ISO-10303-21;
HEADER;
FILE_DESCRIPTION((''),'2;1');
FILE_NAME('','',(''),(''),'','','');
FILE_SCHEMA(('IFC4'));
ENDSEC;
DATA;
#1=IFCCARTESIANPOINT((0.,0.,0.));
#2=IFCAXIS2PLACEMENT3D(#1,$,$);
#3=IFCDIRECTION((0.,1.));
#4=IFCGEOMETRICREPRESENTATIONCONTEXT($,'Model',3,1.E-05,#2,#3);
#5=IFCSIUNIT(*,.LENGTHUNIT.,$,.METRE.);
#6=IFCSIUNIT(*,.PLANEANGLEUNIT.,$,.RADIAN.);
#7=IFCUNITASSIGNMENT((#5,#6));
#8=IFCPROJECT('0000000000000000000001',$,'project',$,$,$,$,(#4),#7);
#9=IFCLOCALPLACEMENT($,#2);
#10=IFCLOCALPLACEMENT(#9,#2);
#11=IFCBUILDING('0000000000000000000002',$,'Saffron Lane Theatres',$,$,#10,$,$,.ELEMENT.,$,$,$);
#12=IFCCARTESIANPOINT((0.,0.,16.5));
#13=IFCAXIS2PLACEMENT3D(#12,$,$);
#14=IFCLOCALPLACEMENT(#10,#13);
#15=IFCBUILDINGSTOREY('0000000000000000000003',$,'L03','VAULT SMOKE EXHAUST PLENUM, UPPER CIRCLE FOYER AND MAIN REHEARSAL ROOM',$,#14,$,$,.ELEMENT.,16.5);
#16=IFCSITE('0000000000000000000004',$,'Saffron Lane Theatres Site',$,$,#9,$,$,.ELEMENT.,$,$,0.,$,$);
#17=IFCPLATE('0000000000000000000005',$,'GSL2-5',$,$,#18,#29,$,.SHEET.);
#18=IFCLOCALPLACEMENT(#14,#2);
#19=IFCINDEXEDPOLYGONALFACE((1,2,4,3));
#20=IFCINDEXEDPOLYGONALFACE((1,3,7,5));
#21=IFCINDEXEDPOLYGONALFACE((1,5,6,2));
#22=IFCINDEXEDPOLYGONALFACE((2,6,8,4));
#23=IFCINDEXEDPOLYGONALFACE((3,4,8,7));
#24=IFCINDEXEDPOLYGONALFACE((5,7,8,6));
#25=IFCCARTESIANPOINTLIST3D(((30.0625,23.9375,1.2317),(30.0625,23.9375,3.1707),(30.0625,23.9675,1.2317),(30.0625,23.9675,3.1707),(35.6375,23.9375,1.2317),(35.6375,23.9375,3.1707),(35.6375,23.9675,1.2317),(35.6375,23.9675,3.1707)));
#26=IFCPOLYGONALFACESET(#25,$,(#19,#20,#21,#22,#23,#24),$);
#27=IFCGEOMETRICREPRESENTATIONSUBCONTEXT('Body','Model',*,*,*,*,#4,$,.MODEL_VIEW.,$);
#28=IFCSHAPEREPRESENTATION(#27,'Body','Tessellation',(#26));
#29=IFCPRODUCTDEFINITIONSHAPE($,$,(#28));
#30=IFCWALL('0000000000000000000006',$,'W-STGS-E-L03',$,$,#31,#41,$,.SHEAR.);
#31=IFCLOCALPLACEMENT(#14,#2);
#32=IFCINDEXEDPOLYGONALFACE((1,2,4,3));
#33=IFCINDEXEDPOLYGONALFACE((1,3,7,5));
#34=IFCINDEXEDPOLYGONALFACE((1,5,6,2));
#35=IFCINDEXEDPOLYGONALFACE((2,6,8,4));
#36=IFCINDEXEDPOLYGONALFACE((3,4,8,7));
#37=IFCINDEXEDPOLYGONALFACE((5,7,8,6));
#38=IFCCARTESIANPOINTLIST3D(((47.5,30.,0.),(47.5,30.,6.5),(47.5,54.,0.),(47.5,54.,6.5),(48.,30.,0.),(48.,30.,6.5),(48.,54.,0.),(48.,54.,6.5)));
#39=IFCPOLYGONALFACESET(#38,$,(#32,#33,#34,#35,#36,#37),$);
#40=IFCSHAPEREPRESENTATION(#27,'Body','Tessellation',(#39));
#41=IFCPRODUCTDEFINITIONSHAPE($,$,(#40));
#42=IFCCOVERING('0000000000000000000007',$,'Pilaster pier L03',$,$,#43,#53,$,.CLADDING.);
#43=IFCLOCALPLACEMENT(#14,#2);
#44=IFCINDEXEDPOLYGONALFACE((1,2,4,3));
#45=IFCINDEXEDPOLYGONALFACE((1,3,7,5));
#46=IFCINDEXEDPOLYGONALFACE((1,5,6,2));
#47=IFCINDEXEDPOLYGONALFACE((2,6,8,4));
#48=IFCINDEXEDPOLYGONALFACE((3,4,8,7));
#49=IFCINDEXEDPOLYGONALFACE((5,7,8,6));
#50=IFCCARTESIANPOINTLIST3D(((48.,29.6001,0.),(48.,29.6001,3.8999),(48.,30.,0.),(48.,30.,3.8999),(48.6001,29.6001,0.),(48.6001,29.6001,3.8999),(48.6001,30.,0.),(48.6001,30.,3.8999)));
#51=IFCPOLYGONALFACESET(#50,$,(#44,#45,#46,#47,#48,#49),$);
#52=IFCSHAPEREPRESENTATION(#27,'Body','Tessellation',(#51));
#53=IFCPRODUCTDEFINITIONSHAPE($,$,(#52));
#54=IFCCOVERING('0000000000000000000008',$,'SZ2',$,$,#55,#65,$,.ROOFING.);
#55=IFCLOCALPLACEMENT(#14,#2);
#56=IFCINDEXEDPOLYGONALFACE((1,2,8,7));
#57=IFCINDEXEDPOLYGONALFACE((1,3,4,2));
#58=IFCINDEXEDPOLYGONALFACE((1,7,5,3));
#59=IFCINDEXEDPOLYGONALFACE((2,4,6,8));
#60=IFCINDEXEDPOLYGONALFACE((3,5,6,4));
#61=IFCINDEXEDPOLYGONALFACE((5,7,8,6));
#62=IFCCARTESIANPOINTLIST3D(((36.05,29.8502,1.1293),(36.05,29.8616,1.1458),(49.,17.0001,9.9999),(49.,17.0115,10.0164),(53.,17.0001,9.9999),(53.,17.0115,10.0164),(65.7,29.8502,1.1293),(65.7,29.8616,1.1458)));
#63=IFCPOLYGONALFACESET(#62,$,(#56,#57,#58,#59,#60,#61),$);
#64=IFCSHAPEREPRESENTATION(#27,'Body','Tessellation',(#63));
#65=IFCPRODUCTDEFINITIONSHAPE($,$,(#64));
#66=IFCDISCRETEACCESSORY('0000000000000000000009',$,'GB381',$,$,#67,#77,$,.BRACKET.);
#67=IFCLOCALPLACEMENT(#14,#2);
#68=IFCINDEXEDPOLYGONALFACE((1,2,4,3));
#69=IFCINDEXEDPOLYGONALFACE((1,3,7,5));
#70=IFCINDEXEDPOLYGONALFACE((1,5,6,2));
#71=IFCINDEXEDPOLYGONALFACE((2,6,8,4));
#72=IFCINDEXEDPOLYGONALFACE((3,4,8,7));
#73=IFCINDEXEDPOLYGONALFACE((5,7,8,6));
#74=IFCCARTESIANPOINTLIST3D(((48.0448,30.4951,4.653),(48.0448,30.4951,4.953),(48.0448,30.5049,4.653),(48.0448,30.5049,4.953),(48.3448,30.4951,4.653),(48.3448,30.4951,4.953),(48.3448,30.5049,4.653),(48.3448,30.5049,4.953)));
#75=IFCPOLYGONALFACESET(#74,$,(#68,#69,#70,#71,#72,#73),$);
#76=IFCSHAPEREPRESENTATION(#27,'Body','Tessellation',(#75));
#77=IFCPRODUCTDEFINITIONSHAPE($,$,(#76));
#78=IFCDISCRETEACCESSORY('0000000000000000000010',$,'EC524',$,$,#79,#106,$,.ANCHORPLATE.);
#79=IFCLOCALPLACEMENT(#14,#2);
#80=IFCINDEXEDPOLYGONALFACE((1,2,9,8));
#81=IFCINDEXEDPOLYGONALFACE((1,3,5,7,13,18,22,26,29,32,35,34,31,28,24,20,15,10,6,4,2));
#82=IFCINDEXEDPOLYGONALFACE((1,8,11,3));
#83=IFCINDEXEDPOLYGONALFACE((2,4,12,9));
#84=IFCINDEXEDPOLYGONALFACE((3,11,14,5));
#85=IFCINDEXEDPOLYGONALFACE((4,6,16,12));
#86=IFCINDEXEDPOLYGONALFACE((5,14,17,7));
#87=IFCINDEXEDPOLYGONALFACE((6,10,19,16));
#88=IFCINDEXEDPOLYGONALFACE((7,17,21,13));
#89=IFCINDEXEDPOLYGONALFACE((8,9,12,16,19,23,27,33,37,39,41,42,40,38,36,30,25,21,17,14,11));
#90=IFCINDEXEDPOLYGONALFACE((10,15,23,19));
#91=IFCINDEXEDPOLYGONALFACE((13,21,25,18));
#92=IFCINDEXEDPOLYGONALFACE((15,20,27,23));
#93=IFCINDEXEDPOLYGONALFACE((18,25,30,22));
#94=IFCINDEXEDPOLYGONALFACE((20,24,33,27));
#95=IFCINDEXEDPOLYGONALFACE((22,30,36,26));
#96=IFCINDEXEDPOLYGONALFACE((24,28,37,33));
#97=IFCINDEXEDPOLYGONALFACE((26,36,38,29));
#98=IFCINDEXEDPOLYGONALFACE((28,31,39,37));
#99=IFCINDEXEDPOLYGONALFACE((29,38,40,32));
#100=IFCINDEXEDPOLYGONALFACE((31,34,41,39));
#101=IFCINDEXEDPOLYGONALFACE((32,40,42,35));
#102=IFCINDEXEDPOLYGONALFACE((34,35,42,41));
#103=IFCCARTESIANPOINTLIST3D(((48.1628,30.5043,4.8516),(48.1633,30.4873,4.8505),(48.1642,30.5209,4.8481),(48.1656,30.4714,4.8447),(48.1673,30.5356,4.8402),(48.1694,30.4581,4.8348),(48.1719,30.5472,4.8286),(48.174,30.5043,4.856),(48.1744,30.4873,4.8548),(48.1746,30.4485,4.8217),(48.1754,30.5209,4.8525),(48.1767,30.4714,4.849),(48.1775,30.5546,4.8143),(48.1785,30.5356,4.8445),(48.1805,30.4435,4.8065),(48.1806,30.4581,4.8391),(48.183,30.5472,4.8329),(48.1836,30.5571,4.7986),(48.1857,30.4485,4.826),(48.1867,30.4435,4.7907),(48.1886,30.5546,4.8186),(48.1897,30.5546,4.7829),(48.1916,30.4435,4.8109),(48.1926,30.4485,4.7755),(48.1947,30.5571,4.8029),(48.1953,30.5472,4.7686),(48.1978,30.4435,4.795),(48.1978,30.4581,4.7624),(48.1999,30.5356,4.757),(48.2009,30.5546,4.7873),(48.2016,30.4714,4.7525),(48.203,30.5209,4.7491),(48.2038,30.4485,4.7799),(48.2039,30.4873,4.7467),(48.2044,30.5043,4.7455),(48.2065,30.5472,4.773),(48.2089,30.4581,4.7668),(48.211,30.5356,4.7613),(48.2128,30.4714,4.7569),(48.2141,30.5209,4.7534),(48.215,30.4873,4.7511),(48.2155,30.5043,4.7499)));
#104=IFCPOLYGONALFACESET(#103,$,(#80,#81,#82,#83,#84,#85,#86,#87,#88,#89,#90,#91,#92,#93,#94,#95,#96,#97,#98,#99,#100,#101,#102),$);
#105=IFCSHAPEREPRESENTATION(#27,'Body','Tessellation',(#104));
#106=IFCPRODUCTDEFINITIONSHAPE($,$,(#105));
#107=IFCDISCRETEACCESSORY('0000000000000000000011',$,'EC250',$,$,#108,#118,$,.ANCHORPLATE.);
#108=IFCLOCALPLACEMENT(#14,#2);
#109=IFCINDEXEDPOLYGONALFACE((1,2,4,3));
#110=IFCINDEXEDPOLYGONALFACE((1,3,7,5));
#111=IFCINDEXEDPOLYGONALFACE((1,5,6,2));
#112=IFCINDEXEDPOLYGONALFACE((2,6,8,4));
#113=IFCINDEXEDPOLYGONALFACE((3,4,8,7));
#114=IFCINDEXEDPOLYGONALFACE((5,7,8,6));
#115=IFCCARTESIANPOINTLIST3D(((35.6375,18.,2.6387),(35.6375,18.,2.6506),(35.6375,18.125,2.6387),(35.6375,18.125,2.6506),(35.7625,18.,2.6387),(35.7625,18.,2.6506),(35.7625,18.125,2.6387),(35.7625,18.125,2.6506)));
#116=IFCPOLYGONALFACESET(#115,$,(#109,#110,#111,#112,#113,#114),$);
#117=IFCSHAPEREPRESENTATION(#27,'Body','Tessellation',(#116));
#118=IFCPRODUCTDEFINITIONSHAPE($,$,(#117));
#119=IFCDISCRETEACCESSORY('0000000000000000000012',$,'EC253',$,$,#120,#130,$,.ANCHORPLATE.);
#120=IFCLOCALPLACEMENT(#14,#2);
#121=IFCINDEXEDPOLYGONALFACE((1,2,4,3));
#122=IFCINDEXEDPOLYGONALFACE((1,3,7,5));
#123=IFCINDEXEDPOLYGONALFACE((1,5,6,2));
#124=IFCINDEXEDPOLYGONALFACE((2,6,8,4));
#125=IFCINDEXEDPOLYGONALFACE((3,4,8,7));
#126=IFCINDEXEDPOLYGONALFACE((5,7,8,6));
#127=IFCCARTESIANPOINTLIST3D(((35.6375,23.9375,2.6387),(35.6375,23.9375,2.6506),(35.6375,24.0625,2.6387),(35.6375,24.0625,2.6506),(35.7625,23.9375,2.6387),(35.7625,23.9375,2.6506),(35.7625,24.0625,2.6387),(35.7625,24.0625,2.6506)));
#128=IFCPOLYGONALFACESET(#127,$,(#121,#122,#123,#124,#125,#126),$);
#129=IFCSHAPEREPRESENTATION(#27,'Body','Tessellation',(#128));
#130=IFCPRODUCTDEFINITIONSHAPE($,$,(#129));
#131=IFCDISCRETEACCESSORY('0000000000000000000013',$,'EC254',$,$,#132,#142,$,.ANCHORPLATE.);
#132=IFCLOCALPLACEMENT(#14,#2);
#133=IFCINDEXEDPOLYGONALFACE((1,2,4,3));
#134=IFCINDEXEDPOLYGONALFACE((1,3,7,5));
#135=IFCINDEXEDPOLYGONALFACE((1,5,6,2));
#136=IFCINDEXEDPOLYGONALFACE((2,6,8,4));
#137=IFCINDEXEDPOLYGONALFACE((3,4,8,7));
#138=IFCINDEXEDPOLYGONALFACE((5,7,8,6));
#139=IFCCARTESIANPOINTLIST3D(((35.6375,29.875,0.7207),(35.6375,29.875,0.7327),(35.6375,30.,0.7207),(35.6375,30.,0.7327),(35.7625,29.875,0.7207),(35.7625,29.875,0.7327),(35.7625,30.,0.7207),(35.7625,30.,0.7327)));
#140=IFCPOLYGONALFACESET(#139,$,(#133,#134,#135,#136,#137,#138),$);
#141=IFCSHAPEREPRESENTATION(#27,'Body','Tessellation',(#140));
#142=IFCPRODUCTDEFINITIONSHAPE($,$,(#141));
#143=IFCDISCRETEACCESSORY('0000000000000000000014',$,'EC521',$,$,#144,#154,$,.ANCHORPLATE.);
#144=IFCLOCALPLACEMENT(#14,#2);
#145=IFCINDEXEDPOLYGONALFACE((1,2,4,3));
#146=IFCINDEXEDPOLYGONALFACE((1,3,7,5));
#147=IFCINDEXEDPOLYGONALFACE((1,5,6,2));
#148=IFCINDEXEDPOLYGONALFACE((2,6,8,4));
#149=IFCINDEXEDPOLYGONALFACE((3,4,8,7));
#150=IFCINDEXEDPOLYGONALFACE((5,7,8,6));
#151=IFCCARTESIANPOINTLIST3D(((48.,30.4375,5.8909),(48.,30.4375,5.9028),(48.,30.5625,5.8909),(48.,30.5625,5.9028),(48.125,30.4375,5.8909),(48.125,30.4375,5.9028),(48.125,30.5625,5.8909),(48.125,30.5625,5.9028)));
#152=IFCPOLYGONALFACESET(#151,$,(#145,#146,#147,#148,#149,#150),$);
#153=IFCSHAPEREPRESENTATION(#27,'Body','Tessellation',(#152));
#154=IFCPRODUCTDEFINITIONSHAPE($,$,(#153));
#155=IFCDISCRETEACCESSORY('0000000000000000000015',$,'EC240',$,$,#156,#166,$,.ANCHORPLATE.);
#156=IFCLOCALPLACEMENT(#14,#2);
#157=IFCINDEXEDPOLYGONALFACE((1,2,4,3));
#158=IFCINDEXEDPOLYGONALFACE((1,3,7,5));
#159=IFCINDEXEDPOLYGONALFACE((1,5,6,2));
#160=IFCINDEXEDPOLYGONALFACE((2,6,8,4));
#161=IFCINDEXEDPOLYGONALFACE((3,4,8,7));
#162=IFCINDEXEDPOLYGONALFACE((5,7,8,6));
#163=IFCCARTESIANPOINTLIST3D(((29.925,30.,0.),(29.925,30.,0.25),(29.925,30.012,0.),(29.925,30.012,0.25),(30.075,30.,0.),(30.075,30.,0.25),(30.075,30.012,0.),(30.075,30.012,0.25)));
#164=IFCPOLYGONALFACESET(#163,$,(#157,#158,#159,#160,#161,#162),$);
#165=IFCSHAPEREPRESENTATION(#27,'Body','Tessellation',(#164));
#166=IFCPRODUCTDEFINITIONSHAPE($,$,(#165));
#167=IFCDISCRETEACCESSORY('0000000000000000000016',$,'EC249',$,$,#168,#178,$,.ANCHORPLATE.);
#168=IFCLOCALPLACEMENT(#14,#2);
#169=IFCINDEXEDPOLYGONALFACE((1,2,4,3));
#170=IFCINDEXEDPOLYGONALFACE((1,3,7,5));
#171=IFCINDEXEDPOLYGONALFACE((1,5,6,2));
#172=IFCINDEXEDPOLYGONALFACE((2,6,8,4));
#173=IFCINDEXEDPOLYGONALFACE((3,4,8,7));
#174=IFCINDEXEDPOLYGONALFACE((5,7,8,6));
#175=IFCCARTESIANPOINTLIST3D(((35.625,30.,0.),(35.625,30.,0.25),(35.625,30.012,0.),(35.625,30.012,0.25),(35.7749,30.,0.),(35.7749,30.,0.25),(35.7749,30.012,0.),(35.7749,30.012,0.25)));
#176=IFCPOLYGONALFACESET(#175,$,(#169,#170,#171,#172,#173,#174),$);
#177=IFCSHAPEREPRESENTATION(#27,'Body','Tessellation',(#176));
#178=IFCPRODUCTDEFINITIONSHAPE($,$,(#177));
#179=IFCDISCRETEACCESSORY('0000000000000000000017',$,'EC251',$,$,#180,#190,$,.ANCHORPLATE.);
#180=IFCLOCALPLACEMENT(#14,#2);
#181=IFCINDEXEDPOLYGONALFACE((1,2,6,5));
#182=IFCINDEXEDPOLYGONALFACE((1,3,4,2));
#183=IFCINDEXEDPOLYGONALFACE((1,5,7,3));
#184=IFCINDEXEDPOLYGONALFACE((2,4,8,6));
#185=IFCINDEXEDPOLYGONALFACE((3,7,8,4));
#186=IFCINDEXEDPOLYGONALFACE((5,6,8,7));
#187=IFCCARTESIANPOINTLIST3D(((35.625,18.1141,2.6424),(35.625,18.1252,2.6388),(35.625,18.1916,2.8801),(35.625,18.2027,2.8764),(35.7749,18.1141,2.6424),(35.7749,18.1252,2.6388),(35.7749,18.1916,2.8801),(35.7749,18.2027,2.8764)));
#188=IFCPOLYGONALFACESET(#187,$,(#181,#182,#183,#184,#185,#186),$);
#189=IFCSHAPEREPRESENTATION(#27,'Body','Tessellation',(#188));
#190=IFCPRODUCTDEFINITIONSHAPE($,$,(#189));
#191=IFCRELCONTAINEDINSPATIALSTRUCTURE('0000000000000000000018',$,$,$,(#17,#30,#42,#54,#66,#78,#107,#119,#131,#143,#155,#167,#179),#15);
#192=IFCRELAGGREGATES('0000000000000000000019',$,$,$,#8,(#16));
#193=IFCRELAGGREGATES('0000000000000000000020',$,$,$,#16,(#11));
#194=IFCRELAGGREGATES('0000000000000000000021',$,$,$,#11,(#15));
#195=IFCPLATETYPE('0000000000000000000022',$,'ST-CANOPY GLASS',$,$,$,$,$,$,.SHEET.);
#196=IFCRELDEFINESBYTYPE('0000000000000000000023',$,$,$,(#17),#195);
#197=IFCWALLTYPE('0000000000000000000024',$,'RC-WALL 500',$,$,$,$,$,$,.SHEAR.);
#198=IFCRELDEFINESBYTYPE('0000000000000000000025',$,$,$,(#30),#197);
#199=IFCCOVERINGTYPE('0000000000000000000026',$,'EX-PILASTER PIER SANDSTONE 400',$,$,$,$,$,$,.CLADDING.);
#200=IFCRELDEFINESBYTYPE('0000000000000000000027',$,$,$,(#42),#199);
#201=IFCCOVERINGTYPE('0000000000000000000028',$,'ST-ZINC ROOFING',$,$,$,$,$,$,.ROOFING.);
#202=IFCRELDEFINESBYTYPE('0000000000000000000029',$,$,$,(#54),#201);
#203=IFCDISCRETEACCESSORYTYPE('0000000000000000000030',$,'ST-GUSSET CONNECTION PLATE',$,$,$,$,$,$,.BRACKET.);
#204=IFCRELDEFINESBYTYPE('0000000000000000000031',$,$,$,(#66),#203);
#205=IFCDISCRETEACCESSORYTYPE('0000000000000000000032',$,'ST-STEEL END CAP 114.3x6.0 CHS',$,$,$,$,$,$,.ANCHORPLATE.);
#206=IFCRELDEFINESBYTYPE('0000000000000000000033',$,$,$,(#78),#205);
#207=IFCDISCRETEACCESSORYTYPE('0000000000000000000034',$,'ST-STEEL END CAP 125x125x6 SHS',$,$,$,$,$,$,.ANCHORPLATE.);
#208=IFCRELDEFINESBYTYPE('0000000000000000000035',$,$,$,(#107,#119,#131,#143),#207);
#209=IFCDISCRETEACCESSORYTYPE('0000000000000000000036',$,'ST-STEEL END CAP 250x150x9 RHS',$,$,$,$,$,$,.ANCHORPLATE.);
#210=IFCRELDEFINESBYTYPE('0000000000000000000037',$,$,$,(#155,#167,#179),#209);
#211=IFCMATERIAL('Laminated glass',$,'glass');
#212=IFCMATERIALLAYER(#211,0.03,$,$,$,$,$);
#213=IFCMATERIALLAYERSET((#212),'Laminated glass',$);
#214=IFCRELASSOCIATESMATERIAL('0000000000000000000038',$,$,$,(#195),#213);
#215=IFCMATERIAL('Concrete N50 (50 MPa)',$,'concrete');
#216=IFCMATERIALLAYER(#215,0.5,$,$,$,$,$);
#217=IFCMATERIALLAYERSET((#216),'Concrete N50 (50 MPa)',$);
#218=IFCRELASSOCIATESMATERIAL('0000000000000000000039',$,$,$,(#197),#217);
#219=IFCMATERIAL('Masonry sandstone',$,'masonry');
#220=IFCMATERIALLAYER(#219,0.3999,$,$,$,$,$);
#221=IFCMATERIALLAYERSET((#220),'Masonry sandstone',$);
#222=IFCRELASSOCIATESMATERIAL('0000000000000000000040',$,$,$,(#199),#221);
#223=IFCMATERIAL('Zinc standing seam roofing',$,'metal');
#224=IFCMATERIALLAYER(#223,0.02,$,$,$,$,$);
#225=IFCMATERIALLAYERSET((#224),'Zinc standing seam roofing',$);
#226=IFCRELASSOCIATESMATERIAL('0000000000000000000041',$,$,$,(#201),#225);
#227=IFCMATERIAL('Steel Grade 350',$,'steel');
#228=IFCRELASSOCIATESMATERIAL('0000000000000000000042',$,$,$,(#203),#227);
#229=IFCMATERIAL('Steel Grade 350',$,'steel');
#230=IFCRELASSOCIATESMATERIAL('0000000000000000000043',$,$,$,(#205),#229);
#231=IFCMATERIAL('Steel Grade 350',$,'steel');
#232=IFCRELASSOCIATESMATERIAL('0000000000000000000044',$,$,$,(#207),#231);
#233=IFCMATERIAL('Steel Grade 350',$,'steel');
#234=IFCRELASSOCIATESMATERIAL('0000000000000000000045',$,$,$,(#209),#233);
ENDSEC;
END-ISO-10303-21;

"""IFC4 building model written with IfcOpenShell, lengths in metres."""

from ifc_helpers import new_model, si_unit, direction, frame, frame_2d, origin, origin_2d, place, context, subcontext, project, spatial, polyline, rectangle, circle, outline, extrude, material, layer, layer_set, material_profile, profile_set, type_object, element, save


model = new_model("IFC4")

# Units and contexts
model_context = context("Model", 3, precision=1e-05, world=origin(), true_north=direction((0.0, 1.0)))
body_context = subcontext(model_context, "Body", "Model", "MODEL_VIEW")
ifc_project = project(units=[si_unit("LENGTHUNIT", "METRE"), si_unit("PLANEANGLEUNIT", "RADIAN")], contexts=[model_context])

# Site, building, storey
site_placement = place(None, origin())
site = spatial("IfcSite", under=ifc_project, at=site_placement, Name="Saffron Lane Theatres Site", CompositionType="ELEMENT", RefElevation=0.0)
building_placement = place(site_placement, origin())
building = spatial("IfcBuilding", under=site, at=building_placement, Name="Saffron Lane Theatres", CompositionType="ELEMENT")
storey_placement = place(building_placement, frame((0.0, 0.0, 16.5)))
storey = spatial("IfcBuildingStorey", under=building, at=storey_placement, Name="L03", Description="VAULT SMOKE EXHAUST PLENUM, UPPER CIRCLE FOYER AND MAIN REHEARSAL ROOM", CompositionType="ELEMENT", Elevation=16.5)

# Plate
ifc_material_1 = material(Name="Laminated glass", Category="glass")
ifc_layer_1 = layer(ifc_material_1, 0.03)
ifc_layer_set_1 = layer_set([ifc_layer_1], Name="Laminated glass")
plate_type = type_object("IfcPlateType", Name="ST-CANOPY GLASS", PredefinedType="SHEET", material=ifc_layer_set_1)
plate_placement = place(storey_placement, frame((35.6375, 23.9375, 1.2317), z_axis=(0.0, -1.0, 0.0), x_axis=(0.0, 0.0, 1.0)))
element("IfcPlate", 1, at=plate_placement, inside=storey, type_object=plate_type, Name="GSL2-5", PredefinedType="SHEET", context=body_context, shape_type="SweptSolid", body=[
    extrude(outline(polyline([(0.0, 0.0), (1.939, 0.0), (1.939, 5.575), (0.0, 5.575), (0.0, 0.0)])), origin(), (0.0, 0.0, -1.0), 0.03),
])

# Wall
ifc_material_2 = material(Name="Concrete N50 (50 MPa)", Category="concrete")
ifc_layer_2 = layer(ifc_material_2, 0.5)
ifc_layer_set_2 = layer_set([ifc_layer_2], Name="Concrete N50 (50 MPa)")
wall_type = type_object("IfcWallType", Name="RC-WALL 500", PredefinedType="SHEAR", material=ifc_layer_set_2)
wall_placement = place(storey_placement, frame((47.75, 30.0, 0.0), z_axis=(0.0, 0.0, 1.0), x_axis=(0.0, 1.0, 0.0)))
element("IfcWall", 2, at=wall_placement, inside=storey, type_object=wall_type, Name="W-STGS-E-L03", PredefinedType="SHEAR", context=body_context, shape_type="SweptSolid", body=[
    extrude(rectangle(XDim=24.0, YDim=0.5, at=frame_2d((12.0, 0.0))), origin(), (0.0, 0.0, 1.0), 6.5),
])

# Coverings
ifc_material_3 = material(Name="Masonry sandstone", Category="masonry")
ifc_layer_3 = layer(ifc_material_3, 0.3999)
ifc_layer_set_3 = layer_set([ifc_layer_3], Name="Masonry sandstone")
covering_type_1 = type_object("IfcCoveringType", Name="EX-PILASTER PIER SANDSTONE 400", PredefinedType="CLADDING", material=ifc_layer_set_3)
covering_1_placement = place(storey_placement, frame((48.3, 29.8, 0.0), z_axis=(0.0, 0.0, 1.0), x_axis=(-1.0, 0.0, 0.0)))
element("IfcCovering", 3, at=covering_1_placement, inside=storey, type_object=covering_type_1, Name="Pilaster pier L03", PredefinedType="CLADDING", context=body_context, shape_type="SweptSolid", body=[
    extrude(rectangle(XDim=0.6001, YDim=0.3999, at=origin_2d()), origin(), (0.0, 0.0, 1.0), 3.8999),
])
ifc_material_4 = material(Name="Zinc standing seam roofing", Category="metal")
ifc_layer_4 = layer(ifc_material_4, 0.02)
ifc_layer_set_4 = layer_set([ifc_layer_4], Name="Zinc standing seam roofing")
covering_type_2 = type_object("IfcCoveringType", Name="ST-ZINC ROOFING", PredefinedType="ROOFING", material=ifc_layer_set_4)
covering_2_placement = place(storey_placement, frame((36.05, 29.8616, 1.1458), z_axis=(0.0, 0.5681, 0.822959), x_axis=(1.0, 0.0, 0.0)))
element("IfcCovering", 4, at=covering_2_placement, inside=storey, type_object=covering_type_2, Name="SZ2", PredefinedType="ROOFING", context=body_context, shape_type="SweptSolid", body=[
    extrude(outline(polyline([(0.0, 0.0), (29.6499, 0.0), (16.95, -15.6145), (12.95, -15.6145), (0.0, 0.0)])), origin(), (0.0, 0.0, -1.0), 0.02),
])

# Discrete accessories
ifc_material_5 = material(Name="Steel Grade 350", Category="steel")
ifc_material_profile_1 = material_profile(ifc_material_5, rectangle(XDim=0.3, YDim=0.3, at=origin_2d()))
ifc_profile_set_1 = profile_set([ifc_material_profile_1], Name="Steel Grade 350")
discrete_accessory_type_1 = type_object("IfcDiscreteAccessoryType", Name="ST-GUSSET CONNECTION PLATE", PredefinedType="BRACKET", material=ifc_profile_set_1)
discrete_accessory_1_placement = place(storey_placement, frame((48.1948, 30.4951, 4.803), z_axis=(0.0, 1.0, 0.0), x_axis=(-1.0, 0.0, 0.0)))
element("IfcDiscreteAccessory", 5, at=discrete_accessory_1_placement, inside=storey, type_object=discrete_accessory_type_1, Name="GB381", PredefinedType="BRACKET", context=body_context, shape_type="SweptSolid", body=[
    extrude(rectangle(XDim=0.3, YDim=0.3, at=origin_2d()), origin(), (0.0, 0.0, 1.0), 0.0098),
])
ifc_material_6 = material(Name="Steel Grade 350", Category="steel")
ifc_material_profile_2 = material_profile(ifc_material_6, circle(Radius=0.0571, at=origin_2d()))
ifc_profile_set_2 = profile_set([ifc_material_profile_2], Name="Steel Grade 350")
discrete_accessory_type_2 = type_object("IfcDiscreteAccessoryType", Name="ST-STEEL END CAP 114.3x6.0 CHS", PredefinedType="ANCHORPLATE", material=ifc_profile_set_2)
discrete_accessory_2_placement = place(storey_placement, frame((48.1836, 30.5, 4.7986), z_axis=(0.931243, 0.0, 0.364399), x_axis=(0.0, 1.0, 0.0)))
element("IfcDiscreteAccessory", 6, at=discrete_accessory_2_placement, inside=storey, type_object=discrete_accessory_type_2, Name="EC524", PredefinedType="ANCHORPLATE", context=body_context, shape_type="SweptSolid", body=[
    extrude(circle(Radius=0.0571, at=origin_2d()), origin(), (0.0, 0.0, 1.0), 0.012),
])
ifc_material_7 = material(Name="Steel Grade 350", Category="steel")
ifc_material_profile_3 = material_profile(ifc_material_7, rectangle(XDim=0.125, YDim=0.125, at=origin_2d()))
ifc_profile_set_3 = profile_set([ifc_material_profile_3], Name="Steel Grade 350")
discrete_accessory_type_3 = type_object("IfcDiscreteAccessoryType", Name="ST-STEEL END CAP 125x125x6 SHS", PredefinedType="ANCHORPLATE", material=ifc_profile_set_3)
for number, where, z_axis, x_axis, name in (
    (7, (35.7, 18.0625, 2.6387), (0.0, 0.0, 1.0), (1.0, 0.0, 0.0), "EC250"),
    (8, (35.7, 24.0, 2.6387), (0.0, 0.0, 1.0), (1.0, 0.0, 0.0), "EC253"),
    (9, (35.7, 29.9375, 0.7207), (0.0, 0.0, 1.0), (1.0, 0.0, 0.0), "EC254"),
    (10, (48.0625, 30.5, 5.8909), (0.0, 0.0, 1.0), (1.0, 0.0, 0.0), "EC521"),
):
    element("IfcDiscreteAccessory", number, at=place(storey_placement, frame(where, z_axis=z_axis, x_axis=x_axis)), inside=storey, type_object=discrete_accessory_type_3, Name=name, PredefinedType="ANCHORPLATE", context=body_context, shape_type="SweptSolid", body=[
        extrude(rectangle(XDim=0.125, YDim=0.125, at=origin_2d()), origin(), (0.0, 0.0, 1.0), 0.012),
    ])
ifc_material_8 = material(Name="Steel Grade 350", Category="steel")
ifc_material_profile_4 = material_profile(ifc_material_8, rectangle(XDim=0.1499, YDim=0.25, at=origin_2d()))
ifc_profile_set_4 = profile_set([ifc_material_profile_4], Name="Steel Grade 350")
discrete_accessory_type_4 = type_object("IfcDiscreteAccessoryType", Name="ST-STEEL END CAP 250x150x9 RHS", PredefinedType="ANCHORPLATE", material=ifc_profile_set_4)
for number, where, z_axis, x_axis, name in (
    (11, (30.0, 30.0, 0.125), (0.0, 1.0, 0.0), (-1.0, 0.0, 0.0), "EC240"),
    (12, (35.7, 30.0, 0.125), (0.0, 1.0, 0.0), (-1.0, 0.0, 0.0), "EC249"),
):
    element("IfcDiscreteAccessory", number, at=place(storey_placement, frame(where, z_axis=z_axis, x_axis=x_axis)), inside=storey, type_object=discrete_accessory_type_4, Name=name, PredefinedType="ANCHORPLATE", context=body_context, shape_type="SweptSolid", body=[
        extrude(rectangle(XDim=0.1499, YDim=0.25, at=origin_2d()), origin(), (0.0, 0.0, 1.0), 0.012),
    ])
discrete_accessory_3_placement = place(storey_placement, frame((35.7, 18.1528, 2.7612), z_axis=(0.0, 0.95073, -0.310021), x_axis=(-1.0, 0.0, 0.0)))
element("IfcDiscreteAccessory", 13, at=discrete_accessory_3_placement, inside=storey, type_object=discrete_accessory_type_4, Name="EC251", PredefinedType="ANCHORPLATE", context=body_context, shape_type="SweptSolid", body=[
    extrude(rectangle(XDim=0.1499, YDim=0.25, at=origin_2d()), origin(), (0.0, 0.0, 1.0), 0.0117),
])

save(model, "model.ifc")
